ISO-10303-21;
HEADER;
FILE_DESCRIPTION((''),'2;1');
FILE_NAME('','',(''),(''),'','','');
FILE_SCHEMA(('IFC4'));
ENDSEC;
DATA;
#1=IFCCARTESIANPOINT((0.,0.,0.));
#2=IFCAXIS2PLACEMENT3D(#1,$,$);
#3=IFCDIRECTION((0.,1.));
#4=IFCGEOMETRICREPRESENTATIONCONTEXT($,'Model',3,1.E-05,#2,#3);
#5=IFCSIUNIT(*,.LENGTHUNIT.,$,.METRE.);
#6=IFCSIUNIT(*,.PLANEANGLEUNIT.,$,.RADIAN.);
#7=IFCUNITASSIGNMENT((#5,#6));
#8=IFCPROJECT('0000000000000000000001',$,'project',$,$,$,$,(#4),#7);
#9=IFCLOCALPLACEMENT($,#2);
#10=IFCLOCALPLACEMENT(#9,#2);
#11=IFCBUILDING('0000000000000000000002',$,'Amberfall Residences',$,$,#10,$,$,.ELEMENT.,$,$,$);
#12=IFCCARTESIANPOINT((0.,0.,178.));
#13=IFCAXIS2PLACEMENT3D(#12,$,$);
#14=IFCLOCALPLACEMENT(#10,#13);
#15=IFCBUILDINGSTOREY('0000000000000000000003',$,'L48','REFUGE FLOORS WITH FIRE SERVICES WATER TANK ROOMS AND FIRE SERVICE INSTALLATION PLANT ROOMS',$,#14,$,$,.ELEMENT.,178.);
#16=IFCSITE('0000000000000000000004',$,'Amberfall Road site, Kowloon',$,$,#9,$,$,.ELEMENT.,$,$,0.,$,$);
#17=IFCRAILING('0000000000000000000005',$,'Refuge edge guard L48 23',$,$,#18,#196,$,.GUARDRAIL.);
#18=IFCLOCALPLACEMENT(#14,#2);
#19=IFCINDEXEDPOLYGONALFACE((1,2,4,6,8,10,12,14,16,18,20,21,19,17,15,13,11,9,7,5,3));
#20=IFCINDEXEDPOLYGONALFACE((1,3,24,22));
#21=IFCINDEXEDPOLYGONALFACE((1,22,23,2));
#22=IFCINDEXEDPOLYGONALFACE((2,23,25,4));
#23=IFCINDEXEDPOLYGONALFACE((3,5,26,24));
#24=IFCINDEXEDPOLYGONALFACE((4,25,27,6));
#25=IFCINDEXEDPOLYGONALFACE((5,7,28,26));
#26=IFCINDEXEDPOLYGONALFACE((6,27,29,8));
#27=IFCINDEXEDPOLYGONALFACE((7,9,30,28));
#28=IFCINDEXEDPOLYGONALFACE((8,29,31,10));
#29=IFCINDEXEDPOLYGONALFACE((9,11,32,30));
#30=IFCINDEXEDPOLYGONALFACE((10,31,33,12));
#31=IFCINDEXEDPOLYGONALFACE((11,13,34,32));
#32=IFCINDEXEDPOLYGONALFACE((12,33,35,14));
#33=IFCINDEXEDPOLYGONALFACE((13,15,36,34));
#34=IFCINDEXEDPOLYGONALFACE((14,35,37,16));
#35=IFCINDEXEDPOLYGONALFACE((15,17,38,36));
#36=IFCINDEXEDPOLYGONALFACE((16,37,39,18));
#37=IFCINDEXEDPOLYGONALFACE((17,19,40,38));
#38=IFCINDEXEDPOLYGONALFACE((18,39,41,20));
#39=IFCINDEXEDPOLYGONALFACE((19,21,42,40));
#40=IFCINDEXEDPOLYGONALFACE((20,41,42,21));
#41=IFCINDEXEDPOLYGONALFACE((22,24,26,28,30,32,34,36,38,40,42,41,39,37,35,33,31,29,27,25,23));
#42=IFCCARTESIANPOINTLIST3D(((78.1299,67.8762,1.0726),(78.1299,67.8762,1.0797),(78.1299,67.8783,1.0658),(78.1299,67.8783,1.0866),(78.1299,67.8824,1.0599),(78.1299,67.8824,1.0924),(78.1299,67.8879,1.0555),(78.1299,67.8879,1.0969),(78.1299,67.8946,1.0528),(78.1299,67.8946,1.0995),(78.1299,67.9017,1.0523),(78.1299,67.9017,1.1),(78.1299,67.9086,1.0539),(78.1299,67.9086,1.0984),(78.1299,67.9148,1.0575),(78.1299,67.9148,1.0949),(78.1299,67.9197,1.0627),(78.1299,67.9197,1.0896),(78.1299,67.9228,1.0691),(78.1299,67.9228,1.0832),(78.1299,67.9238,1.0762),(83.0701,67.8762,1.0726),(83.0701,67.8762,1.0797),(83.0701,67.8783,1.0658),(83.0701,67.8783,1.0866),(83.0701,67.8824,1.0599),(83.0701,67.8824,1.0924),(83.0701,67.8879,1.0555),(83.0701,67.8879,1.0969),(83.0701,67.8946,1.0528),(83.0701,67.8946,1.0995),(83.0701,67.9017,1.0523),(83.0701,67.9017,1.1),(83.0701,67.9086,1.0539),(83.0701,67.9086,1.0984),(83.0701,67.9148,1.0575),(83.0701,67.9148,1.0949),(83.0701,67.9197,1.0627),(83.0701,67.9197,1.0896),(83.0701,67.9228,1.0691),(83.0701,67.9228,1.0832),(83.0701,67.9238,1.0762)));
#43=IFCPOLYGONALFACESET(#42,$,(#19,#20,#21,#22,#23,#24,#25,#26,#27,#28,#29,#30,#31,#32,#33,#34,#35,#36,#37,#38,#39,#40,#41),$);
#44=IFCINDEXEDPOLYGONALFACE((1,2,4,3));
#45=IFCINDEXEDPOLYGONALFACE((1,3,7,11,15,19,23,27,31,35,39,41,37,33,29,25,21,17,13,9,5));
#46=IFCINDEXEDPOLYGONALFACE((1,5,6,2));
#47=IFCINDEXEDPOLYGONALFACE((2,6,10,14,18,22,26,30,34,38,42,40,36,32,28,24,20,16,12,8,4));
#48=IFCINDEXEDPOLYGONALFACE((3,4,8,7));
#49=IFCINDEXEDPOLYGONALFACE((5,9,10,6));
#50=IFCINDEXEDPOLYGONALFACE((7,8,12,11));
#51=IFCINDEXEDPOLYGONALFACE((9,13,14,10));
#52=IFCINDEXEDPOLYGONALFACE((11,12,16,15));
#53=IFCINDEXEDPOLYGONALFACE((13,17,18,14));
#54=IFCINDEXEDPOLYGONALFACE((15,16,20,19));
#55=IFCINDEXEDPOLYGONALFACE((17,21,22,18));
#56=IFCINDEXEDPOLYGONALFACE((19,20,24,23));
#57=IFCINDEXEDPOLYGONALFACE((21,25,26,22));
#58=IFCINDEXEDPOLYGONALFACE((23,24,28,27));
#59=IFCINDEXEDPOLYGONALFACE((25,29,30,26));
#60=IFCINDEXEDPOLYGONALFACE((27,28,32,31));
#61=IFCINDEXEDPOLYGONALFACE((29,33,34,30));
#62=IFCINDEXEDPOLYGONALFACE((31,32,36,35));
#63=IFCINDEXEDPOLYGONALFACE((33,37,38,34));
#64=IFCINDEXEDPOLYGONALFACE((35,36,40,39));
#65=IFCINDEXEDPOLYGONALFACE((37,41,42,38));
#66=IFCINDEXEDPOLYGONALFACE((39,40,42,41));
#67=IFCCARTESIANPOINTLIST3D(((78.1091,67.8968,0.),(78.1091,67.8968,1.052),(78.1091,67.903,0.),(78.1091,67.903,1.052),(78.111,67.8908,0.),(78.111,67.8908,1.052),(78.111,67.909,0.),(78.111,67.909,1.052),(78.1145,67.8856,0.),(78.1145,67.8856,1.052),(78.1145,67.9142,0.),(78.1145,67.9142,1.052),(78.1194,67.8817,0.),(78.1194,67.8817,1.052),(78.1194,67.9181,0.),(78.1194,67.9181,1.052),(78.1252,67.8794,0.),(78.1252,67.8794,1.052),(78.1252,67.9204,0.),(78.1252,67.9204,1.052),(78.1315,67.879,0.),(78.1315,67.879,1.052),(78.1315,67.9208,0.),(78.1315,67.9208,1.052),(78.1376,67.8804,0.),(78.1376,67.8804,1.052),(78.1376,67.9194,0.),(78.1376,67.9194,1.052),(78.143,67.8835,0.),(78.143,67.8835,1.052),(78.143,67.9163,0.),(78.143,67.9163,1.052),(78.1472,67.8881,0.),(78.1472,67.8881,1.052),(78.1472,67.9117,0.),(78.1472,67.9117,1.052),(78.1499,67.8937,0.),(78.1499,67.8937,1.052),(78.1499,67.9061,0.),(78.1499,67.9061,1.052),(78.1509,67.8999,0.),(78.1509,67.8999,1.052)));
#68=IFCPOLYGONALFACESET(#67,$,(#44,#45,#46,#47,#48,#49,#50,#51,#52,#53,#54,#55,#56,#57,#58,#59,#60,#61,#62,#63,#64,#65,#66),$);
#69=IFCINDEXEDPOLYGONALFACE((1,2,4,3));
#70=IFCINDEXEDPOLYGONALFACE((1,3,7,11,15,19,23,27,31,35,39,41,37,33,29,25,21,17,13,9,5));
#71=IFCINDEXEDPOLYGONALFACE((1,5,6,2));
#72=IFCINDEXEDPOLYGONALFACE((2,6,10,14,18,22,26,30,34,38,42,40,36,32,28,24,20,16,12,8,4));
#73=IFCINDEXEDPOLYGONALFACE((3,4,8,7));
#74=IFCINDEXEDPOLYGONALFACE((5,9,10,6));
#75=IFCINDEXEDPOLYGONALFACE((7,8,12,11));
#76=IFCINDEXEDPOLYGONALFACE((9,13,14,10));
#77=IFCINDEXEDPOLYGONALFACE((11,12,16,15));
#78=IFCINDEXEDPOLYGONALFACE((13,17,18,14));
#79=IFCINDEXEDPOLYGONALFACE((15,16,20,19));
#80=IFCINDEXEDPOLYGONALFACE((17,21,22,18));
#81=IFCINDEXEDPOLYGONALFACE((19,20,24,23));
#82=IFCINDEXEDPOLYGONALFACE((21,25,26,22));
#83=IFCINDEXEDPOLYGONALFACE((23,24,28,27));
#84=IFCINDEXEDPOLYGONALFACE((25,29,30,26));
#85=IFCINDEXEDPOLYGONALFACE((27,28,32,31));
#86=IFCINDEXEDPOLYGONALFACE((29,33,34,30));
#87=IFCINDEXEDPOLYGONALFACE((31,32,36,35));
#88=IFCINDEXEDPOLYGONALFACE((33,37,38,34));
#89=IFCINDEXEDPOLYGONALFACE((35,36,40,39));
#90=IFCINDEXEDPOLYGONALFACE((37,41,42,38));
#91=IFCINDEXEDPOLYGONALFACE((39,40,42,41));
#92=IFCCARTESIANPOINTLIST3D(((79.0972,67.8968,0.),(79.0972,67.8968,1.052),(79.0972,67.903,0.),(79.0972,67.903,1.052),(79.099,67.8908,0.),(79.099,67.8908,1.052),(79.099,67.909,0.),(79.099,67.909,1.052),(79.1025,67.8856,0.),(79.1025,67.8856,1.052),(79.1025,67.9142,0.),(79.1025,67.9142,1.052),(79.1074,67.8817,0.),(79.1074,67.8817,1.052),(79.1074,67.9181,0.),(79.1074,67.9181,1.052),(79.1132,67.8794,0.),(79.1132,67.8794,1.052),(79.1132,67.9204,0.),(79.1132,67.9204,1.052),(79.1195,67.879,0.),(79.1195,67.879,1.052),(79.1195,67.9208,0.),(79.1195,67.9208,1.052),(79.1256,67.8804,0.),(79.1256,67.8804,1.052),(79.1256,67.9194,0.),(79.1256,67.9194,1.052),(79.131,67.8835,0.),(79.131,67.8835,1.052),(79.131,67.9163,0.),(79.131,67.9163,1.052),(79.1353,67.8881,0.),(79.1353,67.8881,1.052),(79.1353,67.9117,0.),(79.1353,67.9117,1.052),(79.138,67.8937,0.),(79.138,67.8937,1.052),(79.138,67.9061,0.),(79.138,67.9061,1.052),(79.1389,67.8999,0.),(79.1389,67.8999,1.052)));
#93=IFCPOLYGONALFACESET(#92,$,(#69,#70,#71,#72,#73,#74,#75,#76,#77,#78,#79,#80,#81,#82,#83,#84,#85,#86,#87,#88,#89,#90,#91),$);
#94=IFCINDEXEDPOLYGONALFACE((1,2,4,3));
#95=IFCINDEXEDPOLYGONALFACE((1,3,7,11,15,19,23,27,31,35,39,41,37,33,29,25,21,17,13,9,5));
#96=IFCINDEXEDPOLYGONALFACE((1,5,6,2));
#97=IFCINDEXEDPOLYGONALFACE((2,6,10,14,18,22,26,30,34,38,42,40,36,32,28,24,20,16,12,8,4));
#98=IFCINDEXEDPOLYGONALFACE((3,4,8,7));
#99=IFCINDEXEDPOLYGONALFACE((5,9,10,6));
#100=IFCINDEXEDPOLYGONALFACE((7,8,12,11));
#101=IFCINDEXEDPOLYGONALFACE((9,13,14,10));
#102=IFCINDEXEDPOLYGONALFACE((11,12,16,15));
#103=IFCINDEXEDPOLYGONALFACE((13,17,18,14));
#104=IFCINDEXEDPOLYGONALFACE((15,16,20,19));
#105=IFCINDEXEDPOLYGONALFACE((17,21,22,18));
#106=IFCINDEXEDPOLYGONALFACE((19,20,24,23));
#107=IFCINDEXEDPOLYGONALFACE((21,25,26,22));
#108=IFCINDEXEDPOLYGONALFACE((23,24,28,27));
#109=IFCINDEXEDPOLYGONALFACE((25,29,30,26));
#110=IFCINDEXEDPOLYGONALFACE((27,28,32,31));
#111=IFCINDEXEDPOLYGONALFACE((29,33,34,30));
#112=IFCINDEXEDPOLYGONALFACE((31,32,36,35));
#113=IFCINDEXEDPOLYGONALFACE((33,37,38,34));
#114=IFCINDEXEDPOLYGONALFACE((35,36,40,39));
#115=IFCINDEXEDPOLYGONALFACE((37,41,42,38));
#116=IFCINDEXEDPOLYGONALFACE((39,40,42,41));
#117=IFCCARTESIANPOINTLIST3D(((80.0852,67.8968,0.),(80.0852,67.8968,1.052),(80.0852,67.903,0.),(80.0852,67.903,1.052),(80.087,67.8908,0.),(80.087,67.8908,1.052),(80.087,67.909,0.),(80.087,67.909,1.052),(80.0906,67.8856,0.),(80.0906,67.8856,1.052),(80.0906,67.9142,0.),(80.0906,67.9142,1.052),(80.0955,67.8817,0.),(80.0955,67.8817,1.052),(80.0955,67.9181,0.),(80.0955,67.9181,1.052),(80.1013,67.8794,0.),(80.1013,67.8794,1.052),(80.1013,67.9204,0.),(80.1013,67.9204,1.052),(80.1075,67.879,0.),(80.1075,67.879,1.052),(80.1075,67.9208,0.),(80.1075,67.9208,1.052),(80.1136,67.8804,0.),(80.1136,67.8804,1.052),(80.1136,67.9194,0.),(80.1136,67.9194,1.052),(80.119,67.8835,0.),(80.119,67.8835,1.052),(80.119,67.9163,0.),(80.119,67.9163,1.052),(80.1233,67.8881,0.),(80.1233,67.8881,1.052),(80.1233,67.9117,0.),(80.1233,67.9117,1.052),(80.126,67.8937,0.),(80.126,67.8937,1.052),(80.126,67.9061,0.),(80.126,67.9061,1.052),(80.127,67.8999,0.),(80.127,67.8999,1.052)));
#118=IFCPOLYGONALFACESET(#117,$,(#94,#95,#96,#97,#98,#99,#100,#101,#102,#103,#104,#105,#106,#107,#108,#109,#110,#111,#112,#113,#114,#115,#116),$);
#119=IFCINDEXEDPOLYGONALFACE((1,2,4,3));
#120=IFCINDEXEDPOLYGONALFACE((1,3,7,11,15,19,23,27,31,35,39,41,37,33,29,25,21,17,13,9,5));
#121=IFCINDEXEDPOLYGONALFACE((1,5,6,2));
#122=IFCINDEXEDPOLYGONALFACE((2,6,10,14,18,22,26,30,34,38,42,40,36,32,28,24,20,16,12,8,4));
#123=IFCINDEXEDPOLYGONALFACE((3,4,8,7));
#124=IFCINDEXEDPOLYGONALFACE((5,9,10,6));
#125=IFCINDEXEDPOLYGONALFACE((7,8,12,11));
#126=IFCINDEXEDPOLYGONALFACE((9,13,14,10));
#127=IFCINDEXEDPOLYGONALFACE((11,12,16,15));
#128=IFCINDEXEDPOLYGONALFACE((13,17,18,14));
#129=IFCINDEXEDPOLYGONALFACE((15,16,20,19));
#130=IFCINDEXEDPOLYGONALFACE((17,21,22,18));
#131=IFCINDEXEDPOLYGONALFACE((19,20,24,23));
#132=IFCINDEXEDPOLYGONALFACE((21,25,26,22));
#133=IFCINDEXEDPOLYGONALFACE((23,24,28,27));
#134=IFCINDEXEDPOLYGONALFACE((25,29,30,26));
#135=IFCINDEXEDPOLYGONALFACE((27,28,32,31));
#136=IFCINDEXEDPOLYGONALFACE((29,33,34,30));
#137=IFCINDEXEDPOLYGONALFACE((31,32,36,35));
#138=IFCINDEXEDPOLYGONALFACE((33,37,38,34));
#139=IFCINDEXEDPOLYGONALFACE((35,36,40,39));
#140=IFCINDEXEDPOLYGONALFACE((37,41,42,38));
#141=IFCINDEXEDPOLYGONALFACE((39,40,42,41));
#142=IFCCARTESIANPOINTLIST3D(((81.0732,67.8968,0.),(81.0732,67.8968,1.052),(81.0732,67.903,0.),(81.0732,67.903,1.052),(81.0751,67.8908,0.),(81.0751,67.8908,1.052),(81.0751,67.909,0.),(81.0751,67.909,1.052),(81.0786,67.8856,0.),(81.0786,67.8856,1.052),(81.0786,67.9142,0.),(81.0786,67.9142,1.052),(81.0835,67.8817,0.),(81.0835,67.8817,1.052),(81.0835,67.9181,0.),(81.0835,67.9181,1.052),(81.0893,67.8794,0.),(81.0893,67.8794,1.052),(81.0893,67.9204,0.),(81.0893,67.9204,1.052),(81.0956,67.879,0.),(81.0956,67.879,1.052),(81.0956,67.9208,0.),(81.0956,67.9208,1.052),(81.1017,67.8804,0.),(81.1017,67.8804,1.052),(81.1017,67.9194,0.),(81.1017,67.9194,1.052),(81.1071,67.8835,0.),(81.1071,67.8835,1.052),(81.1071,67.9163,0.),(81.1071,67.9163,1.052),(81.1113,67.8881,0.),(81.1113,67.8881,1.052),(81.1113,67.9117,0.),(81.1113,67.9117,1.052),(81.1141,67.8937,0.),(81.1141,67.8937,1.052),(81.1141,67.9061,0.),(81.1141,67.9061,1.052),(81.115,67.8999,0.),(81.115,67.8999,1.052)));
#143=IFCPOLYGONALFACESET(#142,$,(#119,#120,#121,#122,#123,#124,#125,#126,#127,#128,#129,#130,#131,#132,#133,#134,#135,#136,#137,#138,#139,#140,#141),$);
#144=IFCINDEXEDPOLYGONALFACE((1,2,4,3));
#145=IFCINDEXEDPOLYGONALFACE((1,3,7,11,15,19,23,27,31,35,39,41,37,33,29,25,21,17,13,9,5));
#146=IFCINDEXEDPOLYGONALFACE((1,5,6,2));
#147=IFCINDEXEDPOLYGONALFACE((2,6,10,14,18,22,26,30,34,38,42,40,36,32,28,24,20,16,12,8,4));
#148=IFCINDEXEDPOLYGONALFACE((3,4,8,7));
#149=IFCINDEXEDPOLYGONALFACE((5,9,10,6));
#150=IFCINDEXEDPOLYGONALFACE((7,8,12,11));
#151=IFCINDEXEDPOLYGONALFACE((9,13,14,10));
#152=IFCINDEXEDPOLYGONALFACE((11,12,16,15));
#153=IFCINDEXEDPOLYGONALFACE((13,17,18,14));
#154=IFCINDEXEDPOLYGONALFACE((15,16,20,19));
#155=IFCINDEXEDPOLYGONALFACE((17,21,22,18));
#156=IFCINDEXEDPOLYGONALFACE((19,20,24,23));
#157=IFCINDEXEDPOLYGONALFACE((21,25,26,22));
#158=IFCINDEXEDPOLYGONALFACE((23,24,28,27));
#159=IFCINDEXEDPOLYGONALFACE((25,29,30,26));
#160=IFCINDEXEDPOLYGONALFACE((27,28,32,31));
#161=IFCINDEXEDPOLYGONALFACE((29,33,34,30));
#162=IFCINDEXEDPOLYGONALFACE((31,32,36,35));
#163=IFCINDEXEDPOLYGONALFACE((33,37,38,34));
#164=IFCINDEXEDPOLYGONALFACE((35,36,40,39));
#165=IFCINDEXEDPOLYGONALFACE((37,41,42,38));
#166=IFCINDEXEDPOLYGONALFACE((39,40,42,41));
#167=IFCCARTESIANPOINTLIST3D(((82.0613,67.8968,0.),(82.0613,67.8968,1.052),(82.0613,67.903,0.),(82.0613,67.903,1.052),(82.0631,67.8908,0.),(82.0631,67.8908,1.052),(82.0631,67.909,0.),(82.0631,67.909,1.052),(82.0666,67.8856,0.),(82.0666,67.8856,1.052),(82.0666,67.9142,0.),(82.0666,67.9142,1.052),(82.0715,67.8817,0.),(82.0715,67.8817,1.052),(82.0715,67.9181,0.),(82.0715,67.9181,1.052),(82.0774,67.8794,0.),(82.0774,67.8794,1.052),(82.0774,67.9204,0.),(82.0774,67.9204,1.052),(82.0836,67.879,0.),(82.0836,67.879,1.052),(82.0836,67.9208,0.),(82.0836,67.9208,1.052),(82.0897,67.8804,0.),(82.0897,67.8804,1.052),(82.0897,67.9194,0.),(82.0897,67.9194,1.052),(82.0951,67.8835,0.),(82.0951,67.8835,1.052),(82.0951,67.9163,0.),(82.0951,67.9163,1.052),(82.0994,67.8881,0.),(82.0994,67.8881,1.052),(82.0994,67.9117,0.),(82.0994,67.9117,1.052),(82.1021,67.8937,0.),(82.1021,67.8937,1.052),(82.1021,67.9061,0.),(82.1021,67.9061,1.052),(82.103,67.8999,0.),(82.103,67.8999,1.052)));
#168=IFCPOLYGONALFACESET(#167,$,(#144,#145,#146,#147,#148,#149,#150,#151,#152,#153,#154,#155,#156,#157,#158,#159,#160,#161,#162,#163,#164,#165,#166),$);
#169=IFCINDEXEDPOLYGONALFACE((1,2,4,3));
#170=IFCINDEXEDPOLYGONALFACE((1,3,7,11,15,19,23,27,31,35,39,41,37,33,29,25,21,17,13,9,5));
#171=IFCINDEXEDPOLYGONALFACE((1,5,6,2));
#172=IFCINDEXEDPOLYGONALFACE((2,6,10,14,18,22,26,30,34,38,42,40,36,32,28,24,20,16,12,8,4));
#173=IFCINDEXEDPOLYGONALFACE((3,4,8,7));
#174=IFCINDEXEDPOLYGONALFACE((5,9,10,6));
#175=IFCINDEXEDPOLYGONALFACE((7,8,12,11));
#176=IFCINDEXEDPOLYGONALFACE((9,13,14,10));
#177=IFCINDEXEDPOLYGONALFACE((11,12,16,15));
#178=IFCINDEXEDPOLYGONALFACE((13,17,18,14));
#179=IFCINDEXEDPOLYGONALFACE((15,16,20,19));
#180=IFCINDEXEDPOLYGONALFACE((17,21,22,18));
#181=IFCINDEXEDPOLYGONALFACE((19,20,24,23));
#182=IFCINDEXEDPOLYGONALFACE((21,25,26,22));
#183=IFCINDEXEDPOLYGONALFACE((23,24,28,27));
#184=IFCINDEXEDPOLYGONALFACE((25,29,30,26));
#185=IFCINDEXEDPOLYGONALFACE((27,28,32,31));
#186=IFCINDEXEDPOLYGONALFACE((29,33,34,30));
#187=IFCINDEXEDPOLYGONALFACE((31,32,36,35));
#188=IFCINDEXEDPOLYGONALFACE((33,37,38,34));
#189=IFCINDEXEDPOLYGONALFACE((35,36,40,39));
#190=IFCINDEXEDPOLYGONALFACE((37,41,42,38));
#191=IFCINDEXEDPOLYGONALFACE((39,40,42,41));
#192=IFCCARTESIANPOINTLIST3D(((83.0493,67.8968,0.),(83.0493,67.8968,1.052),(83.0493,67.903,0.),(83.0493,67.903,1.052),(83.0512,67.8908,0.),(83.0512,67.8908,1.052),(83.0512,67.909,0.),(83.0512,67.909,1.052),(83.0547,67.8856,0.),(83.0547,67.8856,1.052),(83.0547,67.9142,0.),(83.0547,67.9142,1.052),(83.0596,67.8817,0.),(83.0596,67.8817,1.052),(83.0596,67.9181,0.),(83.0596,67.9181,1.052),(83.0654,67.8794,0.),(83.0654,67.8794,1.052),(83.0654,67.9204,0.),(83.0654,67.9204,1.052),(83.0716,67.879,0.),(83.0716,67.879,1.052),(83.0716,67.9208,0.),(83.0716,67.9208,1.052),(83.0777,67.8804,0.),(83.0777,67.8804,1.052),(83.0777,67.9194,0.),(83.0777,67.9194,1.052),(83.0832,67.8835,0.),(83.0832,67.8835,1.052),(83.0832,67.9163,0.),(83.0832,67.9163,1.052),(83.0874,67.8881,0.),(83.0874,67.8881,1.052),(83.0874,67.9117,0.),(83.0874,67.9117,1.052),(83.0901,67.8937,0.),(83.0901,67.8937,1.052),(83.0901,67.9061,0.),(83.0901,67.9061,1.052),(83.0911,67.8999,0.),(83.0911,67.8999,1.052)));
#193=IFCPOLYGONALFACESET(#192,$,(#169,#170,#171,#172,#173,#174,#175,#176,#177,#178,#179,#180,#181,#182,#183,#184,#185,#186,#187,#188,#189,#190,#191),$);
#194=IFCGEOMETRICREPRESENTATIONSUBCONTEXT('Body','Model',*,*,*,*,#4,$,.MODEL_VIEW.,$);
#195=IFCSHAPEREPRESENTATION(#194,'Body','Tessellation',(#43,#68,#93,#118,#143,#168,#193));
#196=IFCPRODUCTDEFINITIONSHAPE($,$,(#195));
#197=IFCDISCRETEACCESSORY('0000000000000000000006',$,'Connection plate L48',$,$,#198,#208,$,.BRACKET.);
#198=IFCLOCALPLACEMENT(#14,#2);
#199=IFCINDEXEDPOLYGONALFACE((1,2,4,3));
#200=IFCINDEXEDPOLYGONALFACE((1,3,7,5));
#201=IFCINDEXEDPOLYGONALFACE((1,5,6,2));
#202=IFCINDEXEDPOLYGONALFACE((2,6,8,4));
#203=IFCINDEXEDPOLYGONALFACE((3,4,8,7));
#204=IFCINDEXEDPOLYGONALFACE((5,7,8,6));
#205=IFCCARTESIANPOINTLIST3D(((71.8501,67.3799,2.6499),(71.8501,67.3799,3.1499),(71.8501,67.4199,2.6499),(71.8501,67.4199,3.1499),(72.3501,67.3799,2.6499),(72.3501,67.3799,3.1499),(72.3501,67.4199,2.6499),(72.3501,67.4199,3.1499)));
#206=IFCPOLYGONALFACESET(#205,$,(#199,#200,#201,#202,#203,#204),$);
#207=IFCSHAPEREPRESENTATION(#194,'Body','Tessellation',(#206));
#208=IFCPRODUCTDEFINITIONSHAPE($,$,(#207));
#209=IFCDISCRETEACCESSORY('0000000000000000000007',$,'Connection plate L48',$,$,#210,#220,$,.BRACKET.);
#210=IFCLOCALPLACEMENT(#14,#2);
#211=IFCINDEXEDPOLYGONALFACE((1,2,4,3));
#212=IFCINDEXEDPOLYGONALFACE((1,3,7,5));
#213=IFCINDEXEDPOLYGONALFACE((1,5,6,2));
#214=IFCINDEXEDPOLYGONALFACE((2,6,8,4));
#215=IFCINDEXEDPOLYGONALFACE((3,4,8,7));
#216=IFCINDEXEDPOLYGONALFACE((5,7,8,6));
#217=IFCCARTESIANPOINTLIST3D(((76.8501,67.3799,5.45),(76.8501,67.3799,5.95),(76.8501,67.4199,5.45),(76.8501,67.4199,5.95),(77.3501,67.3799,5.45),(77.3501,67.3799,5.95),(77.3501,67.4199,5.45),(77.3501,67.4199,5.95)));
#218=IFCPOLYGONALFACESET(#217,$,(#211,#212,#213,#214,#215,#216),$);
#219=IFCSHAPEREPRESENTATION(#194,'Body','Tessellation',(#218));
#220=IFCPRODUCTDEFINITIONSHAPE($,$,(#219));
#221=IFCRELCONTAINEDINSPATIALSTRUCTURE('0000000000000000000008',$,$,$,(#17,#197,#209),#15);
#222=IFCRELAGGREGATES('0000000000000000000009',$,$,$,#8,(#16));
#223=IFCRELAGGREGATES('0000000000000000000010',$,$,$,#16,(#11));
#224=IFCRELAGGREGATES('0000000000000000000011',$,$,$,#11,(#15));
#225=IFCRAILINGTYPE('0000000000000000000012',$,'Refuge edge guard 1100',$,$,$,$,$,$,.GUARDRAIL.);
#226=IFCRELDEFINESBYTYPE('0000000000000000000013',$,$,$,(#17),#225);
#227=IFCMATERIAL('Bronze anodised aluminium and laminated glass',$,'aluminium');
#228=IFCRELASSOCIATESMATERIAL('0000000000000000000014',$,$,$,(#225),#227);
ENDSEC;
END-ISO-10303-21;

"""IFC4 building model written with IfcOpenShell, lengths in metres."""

from ifc_helpers import new_model, si_unit, direction, frame, origin, origin_2d, place, context, subcontext, project, spatial, rectangle, circle, extrude, material, type_object, element, save


model = new_model("IFC4")

# Units and contexts
model_context = context("Model", 3, precision=1e-05, world=origin(), true_north=direction((0.0, 1.0)))
body_context = subcontext(model_context, "Body", "Model", "MODEL_VIEW")
ifc_project = project(units=[si_unit("LENGTHUNIT", "METRE"), si_unit("PLANEANGLEUNIT", "RADIAN")], contexts=[model_context])

# Site, building, storey
site_placement = place(None, origin())
site = spatial("IfcSite", under=ifc_project, at=site_placement, Name="Amberfall Road site, Kowloon", CompositionType="ELEMENT", RefElevation=0.0)
building_placement = place(site_placement, origin())
building = spatial("IfcBuilding", under=site, at=building_placement, Name="Amberfall Residences", CompositionType="ELEMENT")
storey_placement = place(building_placement, frame((0.0, 0.0, 178.0)))
storey = spatial("IfcBuildingStorey", under=building, at=storey_placement, Name="L48", Description="REFUGE FLOORS WITH FIRE SERVICES WATER TANK ROOMS AND FIRE SERVICE INSTALLATION PLANT ROOMS", CompositionType="ELEMENT", Elevation=178.0)

# Railing
ifc_material_1 = material(Name="Bronze anodised aluminium and laminated glass", Category="aluminium")
railing_type = type_object("IfcRailingType", Name="Refuge edge guard 1100", PredefinedType="GUARDRAIL", material=ifc_material_1)
for number, where, name in (
    (1, (78.1299, 67.8999, 0.0), "Refuge edge guard L48 23"),
):
    element("IfcRailing", number, at=place(storey_placement, frame(where)), inside=storey, type_object=railing_type, Name=name, PredefinedType="GUARDRAIL", context=body_context, shape_type="SweptSolid", body=[
        extrude(circle(Radius=0.0239, at=origin_2d()), frame((0.0, 0.0, 1.0762), z_axis=(1.0, 0.0, 0.0), x_axis=(0.0, 1.0, 0.0)), (0.0, 0.0, 1.0), 4.9402),
        extrude(circle(Radius=0.021, at=origin_2d()), origin(), (0.0, 0.0, 1.0), 1.052),
        extrude(circle(Radius=0.021, at=origin_2d()), frame((0.988, 0.0, 0.0)), (0.0, 0.0, 1.0), 1.052),
        extrude(circle(Radius=0.021, at=origin_2d()), frame((1.9761, 0.0, 0.0)), (0.0, 0.0, 1.0), 1.052),
        extrude(circle(Radius=0.021, at=origin_2d()), frame((2.9641, 0.0, 0.0)), (0.0, 0.0, 1.0), 1.052),
        extrude(circle(Radius=0.021, at=origin_2d()), frame((3.9521, 0.0, 0.0)), (0.0, 0.0, 1.0), 1.052),
        extrude(circle(Radius=0.021, at=origin_2d()), frame((4.9402, 0.0, 0.0)), (0.0, 0.0, 1.0), 1.052),
    ])

# Discrete accessories
for number, where, z_axis, x_axis, name in (
    (2, (72.1001, 67.3999, 2.6499), (0.0, 0.0, 1.0), (1.0, 0.0, 0.0), "Connection plate L48"),
    (3, (77.1001, 67.3999, 5.45), (0.0, 0.0, 1.0), (1.0, 0.0, 0.0), "Connection plate L48"),
):
    element("IfcDiscreteAccessory", number, at=place(storey_placement, frame(where, z_axis=z_axis, x_axis=x_axis)), inside=storey, Name=name, PredefinedType="BRACKET", context=body_context, shape_type="SweptSolid", body=[
        extrude(rectangle(XDim=0.5, YDim=0.04, at=origin_2d()), origin(), (0.0, 0.0, 1.0), 0.5),
    ])

save(model, "model.ifc")
